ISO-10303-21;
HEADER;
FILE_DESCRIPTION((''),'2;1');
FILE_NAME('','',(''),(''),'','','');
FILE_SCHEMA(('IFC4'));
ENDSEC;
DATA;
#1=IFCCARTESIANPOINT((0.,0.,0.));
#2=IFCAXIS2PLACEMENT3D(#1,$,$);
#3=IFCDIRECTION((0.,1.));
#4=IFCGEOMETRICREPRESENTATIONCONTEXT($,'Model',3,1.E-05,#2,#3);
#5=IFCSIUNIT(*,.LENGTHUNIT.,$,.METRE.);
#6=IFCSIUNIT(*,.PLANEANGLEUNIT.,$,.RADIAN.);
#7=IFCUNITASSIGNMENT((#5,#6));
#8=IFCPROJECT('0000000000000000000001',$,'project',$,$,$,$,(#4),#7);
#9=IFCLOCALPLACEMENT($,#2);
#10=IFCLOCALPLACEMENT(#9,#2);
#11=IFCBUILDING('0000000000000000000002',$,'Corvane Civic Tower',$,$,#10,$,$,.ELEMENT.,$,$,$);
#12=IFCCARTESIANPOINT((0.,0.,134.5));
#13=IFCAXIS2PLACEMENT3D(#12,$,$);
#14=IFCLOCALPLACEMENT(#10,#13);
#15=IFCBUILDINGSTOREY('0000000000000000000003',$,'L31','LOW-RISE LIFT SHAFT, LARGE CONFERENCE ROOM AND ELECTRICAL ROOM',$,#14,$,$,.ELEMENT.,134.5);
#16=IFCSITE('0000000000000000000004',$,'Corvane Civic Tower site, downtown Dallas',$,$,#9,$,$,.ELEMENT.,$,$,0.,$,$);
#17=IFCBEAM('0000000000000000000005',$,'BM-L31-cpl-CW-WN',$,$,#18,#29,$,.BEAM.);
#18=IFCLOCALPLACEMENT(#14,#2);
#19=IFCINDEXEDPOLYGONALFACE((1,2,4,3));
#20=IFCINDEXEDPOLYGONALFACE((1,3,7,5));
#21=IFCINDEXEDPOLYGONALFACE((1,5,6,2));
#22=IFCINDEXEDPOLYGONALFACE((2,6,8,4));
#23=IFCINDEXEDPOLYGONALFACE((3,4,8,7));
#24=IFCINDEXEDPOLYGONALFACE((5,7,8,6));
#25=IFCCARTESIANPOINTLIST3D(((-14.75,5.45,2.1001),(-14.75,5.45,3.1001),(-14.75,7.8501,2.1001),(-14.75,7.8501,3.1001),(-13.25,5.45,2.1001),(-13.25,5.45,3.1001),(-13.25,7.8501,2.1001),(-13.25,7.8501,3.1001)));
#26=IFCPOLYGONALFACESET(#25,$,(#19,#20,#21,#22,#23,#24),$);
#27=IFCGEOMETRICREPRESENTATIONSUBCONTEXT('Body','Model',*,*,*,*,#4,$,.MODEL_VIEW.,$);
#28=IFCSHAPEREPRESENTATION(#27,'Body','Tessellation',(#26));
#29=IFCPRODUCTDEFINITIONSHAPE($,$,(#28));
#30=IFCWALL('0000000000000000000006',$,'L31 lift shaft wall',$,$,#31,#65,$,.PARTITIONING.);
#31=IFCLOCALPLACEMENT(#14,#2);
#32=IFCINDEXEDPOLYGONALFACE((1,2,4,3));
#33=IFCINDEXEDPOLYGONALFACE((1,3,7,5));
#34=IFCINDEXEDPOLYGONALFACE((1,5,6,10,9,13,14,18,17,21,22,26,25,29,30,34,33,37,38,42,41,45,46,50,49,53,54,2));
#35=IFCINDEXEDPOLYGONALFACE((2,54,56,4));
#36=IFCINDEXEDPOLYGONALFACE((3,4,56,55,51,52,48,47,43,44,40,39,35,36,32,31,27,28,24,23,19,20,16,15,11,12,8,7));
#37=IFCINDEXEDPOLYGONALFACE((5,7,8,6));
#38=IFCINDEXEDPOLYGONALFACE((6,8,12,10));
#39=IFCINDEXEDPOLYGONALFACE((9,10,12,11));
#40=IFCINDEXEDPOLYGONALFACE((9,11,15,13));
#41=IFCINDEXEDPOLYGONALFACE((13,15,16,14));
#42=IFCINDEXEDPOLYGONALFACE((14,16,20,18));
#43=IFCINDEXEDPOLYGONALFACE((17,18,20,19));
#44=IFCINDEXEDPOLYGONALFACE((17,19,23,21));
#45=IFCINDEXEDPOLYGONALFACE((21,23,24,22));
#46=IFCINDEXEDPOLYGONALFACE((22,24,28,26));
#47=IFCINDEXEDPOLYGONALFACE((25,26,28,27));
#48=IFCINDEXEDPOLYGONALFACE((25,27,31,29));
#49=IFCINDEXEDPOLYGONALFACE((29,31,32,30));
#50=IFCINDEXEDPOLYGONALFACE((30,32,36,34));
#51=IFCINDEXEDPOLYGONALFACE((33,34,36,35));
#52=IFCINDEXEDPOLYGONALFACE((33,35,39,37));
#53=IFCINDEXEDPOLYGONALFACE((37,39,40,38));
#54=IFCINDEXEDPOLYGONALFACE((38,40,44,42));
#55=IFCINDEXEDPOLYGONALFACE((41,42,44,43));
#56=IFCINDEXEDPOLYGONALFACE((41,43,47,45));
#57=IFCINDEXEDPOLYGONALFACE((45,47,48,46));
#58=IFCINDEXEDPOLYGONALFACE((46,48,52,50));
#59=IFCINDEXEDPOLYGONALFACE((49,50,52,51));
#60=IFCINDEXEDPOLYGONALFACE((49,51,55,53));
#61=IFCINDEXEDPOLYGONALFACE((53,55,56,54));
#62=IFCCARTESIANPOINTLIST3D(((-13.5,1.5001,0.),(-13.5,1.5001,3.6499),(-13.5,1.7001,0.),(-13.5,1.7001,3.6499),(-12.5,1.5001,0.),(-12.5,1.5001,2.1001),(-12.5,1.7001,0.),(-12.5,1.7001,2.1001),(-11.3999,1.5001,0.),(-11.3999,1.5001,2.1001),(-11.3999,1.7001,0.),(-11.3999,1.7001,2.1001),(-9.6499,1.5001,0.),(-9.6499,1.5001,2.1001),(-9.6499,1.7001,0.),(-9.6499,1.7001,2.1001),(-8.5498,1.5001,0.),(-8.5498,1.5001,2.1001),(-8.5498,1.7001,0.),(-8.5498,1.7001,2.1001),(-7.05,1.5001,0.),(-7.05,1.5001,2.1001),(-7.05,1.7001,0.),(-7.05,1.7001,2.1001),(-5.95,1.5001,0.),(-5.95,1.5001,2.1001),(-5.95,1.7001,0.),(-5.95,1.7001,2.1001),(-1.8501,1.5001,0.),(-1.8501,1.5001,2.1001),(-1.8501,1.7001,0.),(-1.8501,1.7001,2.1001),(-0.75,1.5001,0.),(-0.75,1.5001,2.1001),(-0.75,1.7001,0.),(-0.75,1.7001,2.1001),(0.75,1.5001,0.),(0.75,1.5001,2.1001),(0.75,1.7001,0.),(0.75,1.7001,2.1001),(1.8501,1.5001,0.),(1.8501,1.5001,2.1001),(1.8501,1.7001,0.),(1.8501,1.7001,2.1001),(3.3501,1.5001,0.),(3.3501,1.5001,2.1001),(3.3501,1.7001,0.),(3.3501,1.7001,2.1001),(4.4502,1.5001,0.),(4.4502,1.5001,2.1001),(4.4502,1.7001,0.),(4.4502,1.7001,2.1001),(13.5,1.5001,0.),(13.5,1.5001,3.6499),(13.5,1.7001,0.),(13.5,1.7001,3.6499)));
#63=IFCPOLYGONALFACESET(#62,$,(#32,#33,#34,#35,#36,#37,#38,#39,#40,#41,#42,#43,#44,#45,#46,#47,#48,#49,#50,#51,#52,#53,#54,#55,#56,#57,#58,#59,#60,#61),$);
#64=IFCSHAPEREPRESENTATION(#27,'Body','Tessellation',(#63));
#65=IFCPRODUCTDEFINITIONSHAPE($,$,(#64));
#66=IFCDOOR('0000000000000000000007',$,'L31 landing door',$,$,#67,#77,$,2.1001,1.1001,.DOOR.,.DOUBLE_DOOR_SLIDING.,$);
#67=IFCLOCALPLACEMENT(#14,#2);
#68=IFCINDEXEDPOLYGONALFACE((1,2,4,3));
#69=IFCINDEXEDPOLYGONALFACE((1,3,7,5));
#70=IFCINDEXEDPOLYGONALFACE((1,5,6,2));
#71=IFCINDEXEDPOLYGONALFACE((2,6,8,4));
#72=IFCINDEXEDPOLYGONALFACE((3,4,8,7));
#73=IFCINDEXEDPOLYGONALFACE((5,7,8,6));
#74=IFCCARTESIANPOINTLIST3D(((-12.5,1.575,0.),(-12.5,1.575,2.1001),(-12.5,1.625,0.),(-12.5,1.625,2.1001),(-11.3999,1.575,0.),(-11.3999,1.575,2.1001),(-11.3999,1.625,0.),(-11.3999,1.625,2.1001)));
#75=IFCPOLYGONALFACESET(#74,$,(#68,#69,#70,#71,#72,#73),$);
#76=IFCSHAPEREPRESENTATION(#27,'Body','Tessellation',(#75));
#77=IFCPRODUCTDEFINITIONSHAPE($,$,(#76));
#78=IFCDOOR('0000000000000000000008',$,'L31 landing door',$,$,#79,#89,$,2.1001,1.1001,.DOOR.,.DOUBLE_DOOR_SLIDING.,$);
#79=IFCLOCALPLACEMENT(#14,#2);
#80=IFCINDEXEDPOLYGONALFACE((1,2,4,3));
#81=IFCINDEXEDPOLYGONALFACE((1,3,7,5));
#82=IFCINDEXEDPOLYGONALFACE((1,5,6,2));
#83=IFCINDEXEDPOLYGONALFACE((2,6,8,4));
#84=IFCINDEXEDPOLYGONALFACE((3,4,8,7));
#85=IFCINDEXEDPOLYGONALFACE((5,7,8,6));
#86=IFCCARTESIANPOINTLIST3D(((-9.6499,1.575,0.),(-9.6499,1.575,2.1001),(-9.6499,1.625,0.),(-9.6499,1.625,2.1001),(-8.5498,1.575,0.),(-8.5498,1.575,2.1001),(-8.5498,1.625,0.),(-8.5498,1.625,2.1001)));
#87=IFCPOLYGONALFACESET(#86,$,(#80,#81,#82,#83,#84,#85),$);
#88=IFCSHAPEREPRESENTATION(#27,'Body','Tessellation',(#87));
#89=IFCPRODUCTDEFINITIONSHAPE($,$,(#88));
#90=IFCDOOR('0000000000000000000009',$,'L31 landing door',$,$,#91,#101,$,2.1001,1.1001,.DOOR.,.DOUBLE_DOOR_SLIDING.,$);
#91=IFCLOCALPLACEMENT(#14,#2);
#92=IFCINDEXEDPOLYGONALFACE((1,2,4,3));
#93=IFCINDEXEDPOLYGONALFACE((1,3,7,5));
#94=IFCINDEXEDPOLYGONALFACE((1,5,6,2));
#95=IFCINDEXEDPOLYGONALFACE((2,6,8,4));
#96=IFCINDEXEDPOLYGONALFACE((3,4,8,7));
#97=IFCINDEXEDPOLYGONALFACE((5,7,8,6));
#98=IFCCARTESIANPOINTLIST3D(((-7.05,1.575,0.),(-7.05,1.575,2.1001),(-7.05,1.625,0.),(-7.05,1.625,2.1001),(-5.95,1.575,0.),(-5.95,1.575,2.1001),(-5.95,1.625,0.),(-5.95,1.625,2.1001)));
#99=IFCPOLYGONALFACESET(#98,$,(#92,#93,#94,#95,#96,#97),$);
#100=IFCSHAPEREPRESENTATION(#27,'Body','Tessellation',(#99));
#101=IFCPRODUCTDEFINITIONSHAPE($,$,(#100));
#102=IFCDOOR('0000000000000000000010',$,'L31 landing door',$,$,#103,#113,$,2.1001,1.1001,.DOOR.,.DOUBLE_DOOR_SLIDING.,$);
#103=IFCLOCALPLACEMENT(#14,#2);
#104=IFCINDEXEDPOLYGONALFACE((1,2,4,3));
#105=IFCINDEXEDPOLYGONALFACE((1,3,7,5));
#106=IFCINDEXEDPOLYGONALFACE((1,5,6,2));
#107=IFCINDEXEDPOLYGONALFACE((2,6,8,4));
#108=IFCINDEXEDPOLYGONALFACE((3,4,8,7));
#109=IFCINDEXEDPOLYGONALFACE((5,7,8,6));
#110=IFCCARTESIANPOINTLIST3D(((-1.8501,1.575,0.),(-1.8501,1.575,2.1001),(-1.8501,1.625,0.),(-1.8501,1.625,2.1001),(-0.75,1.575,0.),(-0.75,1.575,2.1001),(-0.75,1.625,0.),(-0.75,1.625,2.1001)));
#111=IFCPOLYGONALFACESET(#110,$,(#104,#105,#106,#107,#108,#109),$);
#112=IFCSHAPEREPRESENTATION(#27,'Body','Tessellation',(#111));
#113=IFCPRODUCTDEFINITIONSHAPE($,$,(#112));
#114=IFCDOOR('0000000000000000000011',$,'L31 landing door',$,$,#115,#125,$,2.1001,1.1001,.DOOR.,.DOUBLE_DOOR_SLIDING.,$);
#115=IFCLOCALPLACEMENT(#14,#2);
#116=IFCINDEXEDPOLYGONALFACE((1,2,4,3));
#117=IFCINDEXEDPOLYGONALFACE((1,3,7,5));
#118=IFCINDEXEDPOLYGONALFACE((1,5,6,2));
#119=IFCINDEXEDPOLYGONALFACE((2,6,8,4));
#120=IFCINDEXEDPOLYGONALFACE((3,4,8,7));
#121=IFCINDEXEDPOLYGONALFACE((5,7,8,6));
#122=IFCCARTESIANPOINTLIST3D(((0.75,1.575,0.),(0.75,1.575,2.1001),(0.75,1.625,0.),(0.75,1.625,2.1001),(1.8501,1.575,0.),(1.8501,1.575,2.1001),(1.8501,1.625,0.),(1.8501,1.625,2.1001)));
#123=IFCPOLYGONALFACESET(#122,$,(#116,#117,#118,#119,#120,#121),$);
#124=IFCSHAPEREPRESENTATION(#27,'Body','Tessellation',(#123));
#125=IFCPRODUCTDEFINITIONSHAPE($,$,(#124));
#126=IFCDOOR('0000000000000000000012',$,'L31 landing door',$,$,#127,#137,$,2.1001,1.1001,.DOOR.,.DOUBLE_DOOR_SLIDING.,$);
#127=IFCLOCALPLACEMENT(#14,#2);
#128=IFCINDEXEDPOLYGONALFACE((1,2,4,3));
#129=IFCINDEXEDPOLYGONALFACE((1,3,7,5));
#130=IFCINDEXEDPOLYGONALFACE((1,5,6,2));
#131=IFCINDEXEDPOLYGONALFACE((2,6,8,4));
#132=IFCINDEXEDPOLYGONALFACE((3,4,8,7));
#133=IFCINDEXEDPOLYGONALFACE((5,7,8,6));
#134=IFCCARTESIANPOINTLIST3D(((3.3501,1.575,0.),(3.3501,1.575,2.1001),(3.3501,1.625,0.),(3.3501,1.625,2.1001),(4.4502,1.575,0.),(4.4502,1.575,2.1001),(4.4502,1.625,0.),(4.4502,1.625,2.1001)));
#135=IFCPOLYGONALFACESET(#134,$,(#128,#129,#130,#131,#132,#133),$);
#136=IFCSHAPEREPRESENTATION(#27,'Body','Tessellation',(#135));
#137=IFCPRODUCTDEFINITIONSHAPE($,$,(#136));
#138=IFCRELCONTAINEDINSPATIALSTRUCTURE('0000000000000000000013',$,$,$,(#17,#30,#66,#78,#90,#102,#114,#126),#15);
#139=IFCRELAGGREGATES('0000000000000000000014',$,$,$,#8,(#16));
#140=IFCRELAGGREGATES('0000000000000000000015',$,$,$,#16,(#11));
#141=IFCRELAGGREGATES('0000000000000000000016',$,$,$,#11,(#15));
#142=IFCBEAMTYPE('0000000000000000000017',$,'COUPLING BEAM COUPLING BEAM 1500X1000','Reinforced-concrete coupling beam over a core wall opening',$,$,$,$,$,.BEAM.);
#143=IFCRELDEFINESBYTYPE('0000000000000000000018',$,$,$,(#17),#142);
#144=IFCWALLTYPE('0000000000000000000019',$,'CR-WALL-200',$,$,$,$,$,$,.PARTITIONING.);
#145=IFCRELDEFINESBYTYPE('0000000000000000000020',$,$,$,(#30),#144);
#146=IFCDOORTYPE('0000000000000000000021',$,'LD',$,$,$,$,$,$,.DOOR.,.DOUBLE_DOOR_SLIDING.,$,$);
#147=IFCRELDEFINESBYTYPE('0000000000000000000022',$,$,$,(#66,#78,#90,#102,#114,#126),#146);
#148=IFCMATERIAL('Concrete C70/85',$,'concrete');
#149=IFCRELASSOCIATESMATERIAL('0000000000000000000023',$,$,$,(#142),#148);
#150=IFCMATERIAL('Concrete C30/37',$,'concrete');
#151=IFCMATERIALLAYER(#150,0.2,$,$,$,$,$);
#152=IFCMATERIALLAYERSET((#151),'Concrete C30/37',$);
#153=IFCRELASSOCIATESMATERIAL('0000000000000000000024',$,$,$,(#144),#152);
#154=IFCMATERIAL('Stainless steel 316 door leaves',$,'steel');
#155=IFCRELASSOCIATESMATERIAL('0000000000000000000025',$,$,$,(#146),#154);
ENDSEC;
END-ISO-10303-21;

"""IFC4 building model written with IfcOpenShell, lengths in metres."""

from ifc_helpers import new_model, si_unit, direction, frame, frame_2d, origin, origin_2d, place, context, subcontext, project, spatial, rectangle, extrude, material, layer, layer_set, material_profile, profile_set, type_object, element, fill, save


model = new_model("IFC4")

# Units and contexts
model_context = context("Model", 3, precision=1e-05, world=origin(), true_north=direction((0.0, 1.0)))
body_context = subcontext(model_context, "Body", "Model", "MODEL_VIEW")
ifc_project = project(units=[si_unit("LENGTHUNIT", "METRE"), si_unit("PLANEANGLEUNIT", "RADIAN")], contexts=[model_context])

# Site, building, storey
site_placement = place(None, origin())
site = spatial("IfcSite", under=ifc_project, at=site_placement, Name="Corvane Civic Tower site, downtown Dallas", CompositionType="ELEMENT", RefElevation=0.0)
building_placement = place(site_placement, origin())
building = spatial("IfcBuilding", under=site, at=building_placement, Name="Corvane Civic Tower", CompositionType="ELEMENT")
storey_placement = place(building_placement, frame((0.0, 0.0, 134.5)))
storey = spatial("IfcBuildingStorey", under=building, at=storey_placement, Name="L31", Description="LOW-RISE LIFT SHAFT, LARGE CONFERENCE ROOM AND ELECTRICAL ROOM", CompositionType="ELEMENT", Elevation=134.5)

# Beam
ifc_material_1 = material(Name="Concrete C70/85", Category="concrete")
ifc_material_profile = material_profile(ifc_material_1, rectangle(XDim=1.5, YDim=1.0, at=origin_2d()), Name="COUPLING BEAM 1500X1000")
ifc_profile_set = profile_set([ifc_material_profile], Name="Concrete C70/85")
beam_type = type_object("IfcBeamType", Name="COUPLING BEAM COUPLING BEAM 1500X1000", Description="Reinforced-concrete coupling beam over a core wall opening", PredefinedType="BEAM", material=ifc_profile_set)
beam_placement = place(storey_placement, frame((-14.0, 5.45, 2.6001), z_axis=(0.0, 1.0, 0.0), x_axis=(-1.0, 0.0, 0.0)))
element("IfcBeam", 1, at=beam_placement, inside=storey, type_object=beam_type, Name="BM-L31-cpl-CW-WN", PredefinedType="BEAM", context=body_context, shape_type="SweptSolid", body=[
    extrude(rectangle(XDim=1.5, YDim=1.0, at=origin_2d()), origin(), (0.0, 0.0, 1.0), 2.4001),
])

# Wall, openings, doors
ifc_material_2 = material(Name="Concrete C30/37", Category="concrete")
ifc_layer_1 = layer(ifc_material_2, 0.2)
ifc_layer_set_1 = layer_set([ifc_layer_1], Name="Concrete C30/37")
wall_type_1 = type_object("IfcWallType", Name="CR-WALL-200", PredefinedType="PARTITIONING", material=ifc_layer_set_1)
wall_1_placement = place(storey_placement, frame((-13.5, 1.6001, 0.0), z_axis=(0.0, 0.0, 1.0), x_axis=(1.0, 0.0, 0.0)))
wall_1 = element("IfcWall", 2, at=wall_1_placement, inside=storey, type_object=wall_type_1, Name="L31 lift shaft wall", PredefinedType="PARTITIONING", context=body_context, shape_type="SweptSolid", body=[
    extrude(rectangle(XDim=27.0, YDim=0.2, at=frame_2d((13.5, 0.0))), origin(), (0.0, 0.0, 1.0), 3.6499),
])
opening_1_placement = place(wall_1_placement, frame((1.0, 0.0, 0.0)))
opening_1 = element("IfcOpeningElement", 3, at=opening_1_placement, cuts=wall_1, PredefinedType="OPENING", context=body_context, shape_type="SweptSolid", body=[
    extrude(rectangle(XDim=1.1001, YDim=2.1001, at=frame_2d((0.55, 1.05))), frame((0.0, 0.1099, 0.0), z_axis=(0.0, -1.0, 0.0), x_axis=(1.0, 0.0, 0.0)), (0.0, 0.0, 1.0), 0.22),
])
opening_2_placement = place(wall_1_placement, frame((3.8501, 0.0, 0.0)))
opening_2 = element("IfcOpeningElement", 4, at=opening_2_placement, cuts=wall_1, PredefinedType="OPENING", context=body_context, shape_type="SweptSolid", body=[
    extrude(rectangle(XDim=1.1001, YDim=2.1001, at=frame_2d((0.55, 1.05))), frame((0.0, 0.1099, 0.0), z_axis=(0.0, -1.0, 0.0), x_axis=(1.0, 0.0, 0.0)), (0.0, 0.0, 1.0), 0.22),
])
opening_3_placement = place(wall_1_placement, frame((6.45, 0.0, 0.0)))
opening_3 = element("IfcOpeningElement", 5, at=opening_3_placement, cuts=wall_1, PredefinedType="OPENING", context=body_context, shape_type="SweptSolid", body=[
    extrude(rectangle(XDim=1.1001, YDim=2.1001, at=frame_2d((0.55, 1.05))), frame((0.0, 0.1099, 0.0), z_axis=(0.0, -1.0, 0.0), x_axis=(1.0, 0.0, 0.0)), (0.0, 0.0, 1.0), 0.22),
])
opening_4_placement = place(wall_1_placement, frame((11.6499, 0.0, 0.0)))
opening_4 = element("IfcOpeningElement", 6, at=opening_4_placement, cuts=wall_1, PredefinedType="OPENING", context=body_context, shape_type="SweptSolid", body=[
    extrude(rectangle(XDim=1.1001, YDim=2.1001, at=frame_2d((0.55, 1.05))), frame((0.0, 0.1099, 0.0), z_axis=(0.0, -1.0, 0.0), x_axis=(1.0, 0.0, 0.0)), (0.0, 0.0, 1.0), 0.22),
])
opening_5_placement = place(wall_1_placement, frame((14.25, 0.0, 0.0)))
opening_5 = element("IfcOpeningElement", 7, at=opening_5_placement, cuts=wall_1, PredefinedType="OPENING", context=body_context, shape_type="SweptSolid", body=[
    extrude(rectangle(XDim=1.1001, YDim=2.1001, at=frame_2d((0.55, 1.05))), frame((0.0, 0.1099, 0.0), z_axis=(0.0, -1.0, 0.0), x_axis=(1.0, 0.0, 0.0)), (0.0, 0.0, 1.0), 0.22),
])
opening_6_placement = place(wall_1_placement, frame((16.8501, 0.0, 0.0)))
opening_6 = element("IfcOpeningElement", 8, at=opening_6_placement, cuts=wall_1, PredefinedType="OPENING", context=body_context, shape_type="SweptSolid", body=[
    extrude(rectangle(XDim=1.1001, YDim=2.1001, at=frame_2d((0.55, 1.05))), frame((0.0, 0.1099, 0.0), z_axis=(0.0, -1.0, 0.0), x_axis=(1.0, 0.0, 0.0)), (0.0, 0.0, 1.0), 0.22),
])
ifc_material_3 = material(Name="Stainless steel 316 door leaves", Category="steel")
door_type_1 = type_object("IfcDoorType", Name="LD", OperationType="DOUBLE_DOOR_SLIDING", PredefinedType="DOOR", material=ifc_material_3)
door_1_placement = place(opening_1_placement, origin())
door_1 = element("IfcDoor", 9, at=door_1_placement, inside=storey, type_object=door_type_1, Name="L31 landing door", OperationType="DOUBLE_DOOR_SLIDING", OverallHeight=2.1001, OverallWidth=1.1001, PredefinedType="DOOR", context=body_context, shape_type="SweptSolid", body=[
    extrude(rectangle(XDim=1.1001, YDim=2.1001, at=frame_2d((0.55, 1.05))), frame((0.0, 0.0249, 0.0), z_axis=(0.0, -1.0, 0.0), x_axis=(1.0, 0.0, 0.0)), (0.0, 0.0, 1.0), 0.05),
])
fill(opening_1, door_1)
door_2_placement = place(opening_2_placement, origin())
door_2 = element("IfcDoor", 10, at=door_2_placement, inside=storey, type_object=door_type_1, Name="L31 landing door", OperationType="DOUBLE_DOOR_SLIDING", OverallHeight=2.1001, OverallWidth=1.1001, PredefinedType="DOOR", context=body_context, shape_type="SweptSolid", body=[
    extrude(rectangle(XDim=1.1001, YDim=2.1001, at=frame_2d((0.55, 1.05))), frame((0.0, 0.0249, 0.0), z_axis=(0.0, -1.0, 0.0), x_axis=(1.0, 0.0, 0.0)), (0.0, 0.0, 1.0), 0.05),
])
fill(opening_2, door_2)
door_3_placement = place(opening_3_placement, origin())
door_3 = element("IfcDoor", 11, at=door_3_placement, inside=storey, type_object=door_type_1, Name="L31 landing door", OperationType="DOUBLE_DOOR_SLIDING", OverallHeight=2.1001, OverallWidth=1.1001, PredefinedType="DOOR", context=body_context, shape_type="SweptSolid", body=[
    extrude(rectangle(XDim=1.1001, YDim=2.1001, at=frame_2d((0.55, 1.05))), frame((0.0, 0.0249, 0.0), z_axis=(0.0, -1.0, 0.0), x_axis=(1.0, 0.0, 0.0)), (0.0, 0.0, 1.0), 0.05),
])
fill(opening_3, door_3)
door_4_placement = place(opening_4_placement, origin())
door_4 = element("IfcDoor", 12, at=door_4_placement, inside=storey, type_object=door_type_1, Name="L31 landing door", OperationType="DOUBLE_DOOR_SLIDING", OverallHeight=2.1001, OverallWidth=1.1001, PredefinedType="DOOR", context=body_context, shape_type="SweptSolid", body=[
    extrude(rectangle(XDim=1.1001, YDim=2.1001, at=frame_2d((0.55, 1.05))), frame((0.0, 0.0249, 0.0), z_axis=(0.0, -1.0, 0.0), x_axis=(1.0, 0.0, 0.0)), (0.0, 0.0, 1.0), 0.05),
])
fill(opening_4, door_4)
door_5_placement = place(opening_5_placement, origin())
door_5 = element("IfcDoor", 13, at=door_5_placement, inside=storey, type_object=door_type_1, Name="L31 landing door", OperationType="DOUBLE_DOOR_SLIDING", OverallHeight=2.1001, OverallWidth=1.1001, PredefinedType="DOOR", context=body_context, shape_type="SweptSolid", body=[
    extrude(rectangle(XDim=1.1001, YDim=2.1001, at=frame_2d((0.55, 1.05))), frame((0.0, 0.0249, 0.0), z_axis=(0.0, -1.0, 0.0), x_axis=(1.0, 0.0, 0.0)), (0.0, 0.0, 1.0), 0.05),
])
fill(opening_5, door_5)
door_6_placement = place(opening_6_placement, origin())
door_6 = element("IfcDoor", 14, at=door_6_placement, inside=storey, type_object=door_type_1, Name="L31 landing door", OperationType="DOUBLE_DOOR_SLIDING", OverallHeight=2.1001, OverallWidth=1.1001, PredefinedType="DOOR", context=body_context, shape_type="SweptSolid", body=[
    extrude(rectangle(XDim=1.1001, YDim=2.1001, at=frame_2d((0.55, 1.05))), frame((0.0, 0.0249, 0.0), z_axis=(0.0, -1.0, 0.0), x_axis=(1.0, 0.0, 0.0)), (0.0, 0.0, 1.0), 0.05),
])
fill(opening_6, door_6)

save(model, "model.ifc")
